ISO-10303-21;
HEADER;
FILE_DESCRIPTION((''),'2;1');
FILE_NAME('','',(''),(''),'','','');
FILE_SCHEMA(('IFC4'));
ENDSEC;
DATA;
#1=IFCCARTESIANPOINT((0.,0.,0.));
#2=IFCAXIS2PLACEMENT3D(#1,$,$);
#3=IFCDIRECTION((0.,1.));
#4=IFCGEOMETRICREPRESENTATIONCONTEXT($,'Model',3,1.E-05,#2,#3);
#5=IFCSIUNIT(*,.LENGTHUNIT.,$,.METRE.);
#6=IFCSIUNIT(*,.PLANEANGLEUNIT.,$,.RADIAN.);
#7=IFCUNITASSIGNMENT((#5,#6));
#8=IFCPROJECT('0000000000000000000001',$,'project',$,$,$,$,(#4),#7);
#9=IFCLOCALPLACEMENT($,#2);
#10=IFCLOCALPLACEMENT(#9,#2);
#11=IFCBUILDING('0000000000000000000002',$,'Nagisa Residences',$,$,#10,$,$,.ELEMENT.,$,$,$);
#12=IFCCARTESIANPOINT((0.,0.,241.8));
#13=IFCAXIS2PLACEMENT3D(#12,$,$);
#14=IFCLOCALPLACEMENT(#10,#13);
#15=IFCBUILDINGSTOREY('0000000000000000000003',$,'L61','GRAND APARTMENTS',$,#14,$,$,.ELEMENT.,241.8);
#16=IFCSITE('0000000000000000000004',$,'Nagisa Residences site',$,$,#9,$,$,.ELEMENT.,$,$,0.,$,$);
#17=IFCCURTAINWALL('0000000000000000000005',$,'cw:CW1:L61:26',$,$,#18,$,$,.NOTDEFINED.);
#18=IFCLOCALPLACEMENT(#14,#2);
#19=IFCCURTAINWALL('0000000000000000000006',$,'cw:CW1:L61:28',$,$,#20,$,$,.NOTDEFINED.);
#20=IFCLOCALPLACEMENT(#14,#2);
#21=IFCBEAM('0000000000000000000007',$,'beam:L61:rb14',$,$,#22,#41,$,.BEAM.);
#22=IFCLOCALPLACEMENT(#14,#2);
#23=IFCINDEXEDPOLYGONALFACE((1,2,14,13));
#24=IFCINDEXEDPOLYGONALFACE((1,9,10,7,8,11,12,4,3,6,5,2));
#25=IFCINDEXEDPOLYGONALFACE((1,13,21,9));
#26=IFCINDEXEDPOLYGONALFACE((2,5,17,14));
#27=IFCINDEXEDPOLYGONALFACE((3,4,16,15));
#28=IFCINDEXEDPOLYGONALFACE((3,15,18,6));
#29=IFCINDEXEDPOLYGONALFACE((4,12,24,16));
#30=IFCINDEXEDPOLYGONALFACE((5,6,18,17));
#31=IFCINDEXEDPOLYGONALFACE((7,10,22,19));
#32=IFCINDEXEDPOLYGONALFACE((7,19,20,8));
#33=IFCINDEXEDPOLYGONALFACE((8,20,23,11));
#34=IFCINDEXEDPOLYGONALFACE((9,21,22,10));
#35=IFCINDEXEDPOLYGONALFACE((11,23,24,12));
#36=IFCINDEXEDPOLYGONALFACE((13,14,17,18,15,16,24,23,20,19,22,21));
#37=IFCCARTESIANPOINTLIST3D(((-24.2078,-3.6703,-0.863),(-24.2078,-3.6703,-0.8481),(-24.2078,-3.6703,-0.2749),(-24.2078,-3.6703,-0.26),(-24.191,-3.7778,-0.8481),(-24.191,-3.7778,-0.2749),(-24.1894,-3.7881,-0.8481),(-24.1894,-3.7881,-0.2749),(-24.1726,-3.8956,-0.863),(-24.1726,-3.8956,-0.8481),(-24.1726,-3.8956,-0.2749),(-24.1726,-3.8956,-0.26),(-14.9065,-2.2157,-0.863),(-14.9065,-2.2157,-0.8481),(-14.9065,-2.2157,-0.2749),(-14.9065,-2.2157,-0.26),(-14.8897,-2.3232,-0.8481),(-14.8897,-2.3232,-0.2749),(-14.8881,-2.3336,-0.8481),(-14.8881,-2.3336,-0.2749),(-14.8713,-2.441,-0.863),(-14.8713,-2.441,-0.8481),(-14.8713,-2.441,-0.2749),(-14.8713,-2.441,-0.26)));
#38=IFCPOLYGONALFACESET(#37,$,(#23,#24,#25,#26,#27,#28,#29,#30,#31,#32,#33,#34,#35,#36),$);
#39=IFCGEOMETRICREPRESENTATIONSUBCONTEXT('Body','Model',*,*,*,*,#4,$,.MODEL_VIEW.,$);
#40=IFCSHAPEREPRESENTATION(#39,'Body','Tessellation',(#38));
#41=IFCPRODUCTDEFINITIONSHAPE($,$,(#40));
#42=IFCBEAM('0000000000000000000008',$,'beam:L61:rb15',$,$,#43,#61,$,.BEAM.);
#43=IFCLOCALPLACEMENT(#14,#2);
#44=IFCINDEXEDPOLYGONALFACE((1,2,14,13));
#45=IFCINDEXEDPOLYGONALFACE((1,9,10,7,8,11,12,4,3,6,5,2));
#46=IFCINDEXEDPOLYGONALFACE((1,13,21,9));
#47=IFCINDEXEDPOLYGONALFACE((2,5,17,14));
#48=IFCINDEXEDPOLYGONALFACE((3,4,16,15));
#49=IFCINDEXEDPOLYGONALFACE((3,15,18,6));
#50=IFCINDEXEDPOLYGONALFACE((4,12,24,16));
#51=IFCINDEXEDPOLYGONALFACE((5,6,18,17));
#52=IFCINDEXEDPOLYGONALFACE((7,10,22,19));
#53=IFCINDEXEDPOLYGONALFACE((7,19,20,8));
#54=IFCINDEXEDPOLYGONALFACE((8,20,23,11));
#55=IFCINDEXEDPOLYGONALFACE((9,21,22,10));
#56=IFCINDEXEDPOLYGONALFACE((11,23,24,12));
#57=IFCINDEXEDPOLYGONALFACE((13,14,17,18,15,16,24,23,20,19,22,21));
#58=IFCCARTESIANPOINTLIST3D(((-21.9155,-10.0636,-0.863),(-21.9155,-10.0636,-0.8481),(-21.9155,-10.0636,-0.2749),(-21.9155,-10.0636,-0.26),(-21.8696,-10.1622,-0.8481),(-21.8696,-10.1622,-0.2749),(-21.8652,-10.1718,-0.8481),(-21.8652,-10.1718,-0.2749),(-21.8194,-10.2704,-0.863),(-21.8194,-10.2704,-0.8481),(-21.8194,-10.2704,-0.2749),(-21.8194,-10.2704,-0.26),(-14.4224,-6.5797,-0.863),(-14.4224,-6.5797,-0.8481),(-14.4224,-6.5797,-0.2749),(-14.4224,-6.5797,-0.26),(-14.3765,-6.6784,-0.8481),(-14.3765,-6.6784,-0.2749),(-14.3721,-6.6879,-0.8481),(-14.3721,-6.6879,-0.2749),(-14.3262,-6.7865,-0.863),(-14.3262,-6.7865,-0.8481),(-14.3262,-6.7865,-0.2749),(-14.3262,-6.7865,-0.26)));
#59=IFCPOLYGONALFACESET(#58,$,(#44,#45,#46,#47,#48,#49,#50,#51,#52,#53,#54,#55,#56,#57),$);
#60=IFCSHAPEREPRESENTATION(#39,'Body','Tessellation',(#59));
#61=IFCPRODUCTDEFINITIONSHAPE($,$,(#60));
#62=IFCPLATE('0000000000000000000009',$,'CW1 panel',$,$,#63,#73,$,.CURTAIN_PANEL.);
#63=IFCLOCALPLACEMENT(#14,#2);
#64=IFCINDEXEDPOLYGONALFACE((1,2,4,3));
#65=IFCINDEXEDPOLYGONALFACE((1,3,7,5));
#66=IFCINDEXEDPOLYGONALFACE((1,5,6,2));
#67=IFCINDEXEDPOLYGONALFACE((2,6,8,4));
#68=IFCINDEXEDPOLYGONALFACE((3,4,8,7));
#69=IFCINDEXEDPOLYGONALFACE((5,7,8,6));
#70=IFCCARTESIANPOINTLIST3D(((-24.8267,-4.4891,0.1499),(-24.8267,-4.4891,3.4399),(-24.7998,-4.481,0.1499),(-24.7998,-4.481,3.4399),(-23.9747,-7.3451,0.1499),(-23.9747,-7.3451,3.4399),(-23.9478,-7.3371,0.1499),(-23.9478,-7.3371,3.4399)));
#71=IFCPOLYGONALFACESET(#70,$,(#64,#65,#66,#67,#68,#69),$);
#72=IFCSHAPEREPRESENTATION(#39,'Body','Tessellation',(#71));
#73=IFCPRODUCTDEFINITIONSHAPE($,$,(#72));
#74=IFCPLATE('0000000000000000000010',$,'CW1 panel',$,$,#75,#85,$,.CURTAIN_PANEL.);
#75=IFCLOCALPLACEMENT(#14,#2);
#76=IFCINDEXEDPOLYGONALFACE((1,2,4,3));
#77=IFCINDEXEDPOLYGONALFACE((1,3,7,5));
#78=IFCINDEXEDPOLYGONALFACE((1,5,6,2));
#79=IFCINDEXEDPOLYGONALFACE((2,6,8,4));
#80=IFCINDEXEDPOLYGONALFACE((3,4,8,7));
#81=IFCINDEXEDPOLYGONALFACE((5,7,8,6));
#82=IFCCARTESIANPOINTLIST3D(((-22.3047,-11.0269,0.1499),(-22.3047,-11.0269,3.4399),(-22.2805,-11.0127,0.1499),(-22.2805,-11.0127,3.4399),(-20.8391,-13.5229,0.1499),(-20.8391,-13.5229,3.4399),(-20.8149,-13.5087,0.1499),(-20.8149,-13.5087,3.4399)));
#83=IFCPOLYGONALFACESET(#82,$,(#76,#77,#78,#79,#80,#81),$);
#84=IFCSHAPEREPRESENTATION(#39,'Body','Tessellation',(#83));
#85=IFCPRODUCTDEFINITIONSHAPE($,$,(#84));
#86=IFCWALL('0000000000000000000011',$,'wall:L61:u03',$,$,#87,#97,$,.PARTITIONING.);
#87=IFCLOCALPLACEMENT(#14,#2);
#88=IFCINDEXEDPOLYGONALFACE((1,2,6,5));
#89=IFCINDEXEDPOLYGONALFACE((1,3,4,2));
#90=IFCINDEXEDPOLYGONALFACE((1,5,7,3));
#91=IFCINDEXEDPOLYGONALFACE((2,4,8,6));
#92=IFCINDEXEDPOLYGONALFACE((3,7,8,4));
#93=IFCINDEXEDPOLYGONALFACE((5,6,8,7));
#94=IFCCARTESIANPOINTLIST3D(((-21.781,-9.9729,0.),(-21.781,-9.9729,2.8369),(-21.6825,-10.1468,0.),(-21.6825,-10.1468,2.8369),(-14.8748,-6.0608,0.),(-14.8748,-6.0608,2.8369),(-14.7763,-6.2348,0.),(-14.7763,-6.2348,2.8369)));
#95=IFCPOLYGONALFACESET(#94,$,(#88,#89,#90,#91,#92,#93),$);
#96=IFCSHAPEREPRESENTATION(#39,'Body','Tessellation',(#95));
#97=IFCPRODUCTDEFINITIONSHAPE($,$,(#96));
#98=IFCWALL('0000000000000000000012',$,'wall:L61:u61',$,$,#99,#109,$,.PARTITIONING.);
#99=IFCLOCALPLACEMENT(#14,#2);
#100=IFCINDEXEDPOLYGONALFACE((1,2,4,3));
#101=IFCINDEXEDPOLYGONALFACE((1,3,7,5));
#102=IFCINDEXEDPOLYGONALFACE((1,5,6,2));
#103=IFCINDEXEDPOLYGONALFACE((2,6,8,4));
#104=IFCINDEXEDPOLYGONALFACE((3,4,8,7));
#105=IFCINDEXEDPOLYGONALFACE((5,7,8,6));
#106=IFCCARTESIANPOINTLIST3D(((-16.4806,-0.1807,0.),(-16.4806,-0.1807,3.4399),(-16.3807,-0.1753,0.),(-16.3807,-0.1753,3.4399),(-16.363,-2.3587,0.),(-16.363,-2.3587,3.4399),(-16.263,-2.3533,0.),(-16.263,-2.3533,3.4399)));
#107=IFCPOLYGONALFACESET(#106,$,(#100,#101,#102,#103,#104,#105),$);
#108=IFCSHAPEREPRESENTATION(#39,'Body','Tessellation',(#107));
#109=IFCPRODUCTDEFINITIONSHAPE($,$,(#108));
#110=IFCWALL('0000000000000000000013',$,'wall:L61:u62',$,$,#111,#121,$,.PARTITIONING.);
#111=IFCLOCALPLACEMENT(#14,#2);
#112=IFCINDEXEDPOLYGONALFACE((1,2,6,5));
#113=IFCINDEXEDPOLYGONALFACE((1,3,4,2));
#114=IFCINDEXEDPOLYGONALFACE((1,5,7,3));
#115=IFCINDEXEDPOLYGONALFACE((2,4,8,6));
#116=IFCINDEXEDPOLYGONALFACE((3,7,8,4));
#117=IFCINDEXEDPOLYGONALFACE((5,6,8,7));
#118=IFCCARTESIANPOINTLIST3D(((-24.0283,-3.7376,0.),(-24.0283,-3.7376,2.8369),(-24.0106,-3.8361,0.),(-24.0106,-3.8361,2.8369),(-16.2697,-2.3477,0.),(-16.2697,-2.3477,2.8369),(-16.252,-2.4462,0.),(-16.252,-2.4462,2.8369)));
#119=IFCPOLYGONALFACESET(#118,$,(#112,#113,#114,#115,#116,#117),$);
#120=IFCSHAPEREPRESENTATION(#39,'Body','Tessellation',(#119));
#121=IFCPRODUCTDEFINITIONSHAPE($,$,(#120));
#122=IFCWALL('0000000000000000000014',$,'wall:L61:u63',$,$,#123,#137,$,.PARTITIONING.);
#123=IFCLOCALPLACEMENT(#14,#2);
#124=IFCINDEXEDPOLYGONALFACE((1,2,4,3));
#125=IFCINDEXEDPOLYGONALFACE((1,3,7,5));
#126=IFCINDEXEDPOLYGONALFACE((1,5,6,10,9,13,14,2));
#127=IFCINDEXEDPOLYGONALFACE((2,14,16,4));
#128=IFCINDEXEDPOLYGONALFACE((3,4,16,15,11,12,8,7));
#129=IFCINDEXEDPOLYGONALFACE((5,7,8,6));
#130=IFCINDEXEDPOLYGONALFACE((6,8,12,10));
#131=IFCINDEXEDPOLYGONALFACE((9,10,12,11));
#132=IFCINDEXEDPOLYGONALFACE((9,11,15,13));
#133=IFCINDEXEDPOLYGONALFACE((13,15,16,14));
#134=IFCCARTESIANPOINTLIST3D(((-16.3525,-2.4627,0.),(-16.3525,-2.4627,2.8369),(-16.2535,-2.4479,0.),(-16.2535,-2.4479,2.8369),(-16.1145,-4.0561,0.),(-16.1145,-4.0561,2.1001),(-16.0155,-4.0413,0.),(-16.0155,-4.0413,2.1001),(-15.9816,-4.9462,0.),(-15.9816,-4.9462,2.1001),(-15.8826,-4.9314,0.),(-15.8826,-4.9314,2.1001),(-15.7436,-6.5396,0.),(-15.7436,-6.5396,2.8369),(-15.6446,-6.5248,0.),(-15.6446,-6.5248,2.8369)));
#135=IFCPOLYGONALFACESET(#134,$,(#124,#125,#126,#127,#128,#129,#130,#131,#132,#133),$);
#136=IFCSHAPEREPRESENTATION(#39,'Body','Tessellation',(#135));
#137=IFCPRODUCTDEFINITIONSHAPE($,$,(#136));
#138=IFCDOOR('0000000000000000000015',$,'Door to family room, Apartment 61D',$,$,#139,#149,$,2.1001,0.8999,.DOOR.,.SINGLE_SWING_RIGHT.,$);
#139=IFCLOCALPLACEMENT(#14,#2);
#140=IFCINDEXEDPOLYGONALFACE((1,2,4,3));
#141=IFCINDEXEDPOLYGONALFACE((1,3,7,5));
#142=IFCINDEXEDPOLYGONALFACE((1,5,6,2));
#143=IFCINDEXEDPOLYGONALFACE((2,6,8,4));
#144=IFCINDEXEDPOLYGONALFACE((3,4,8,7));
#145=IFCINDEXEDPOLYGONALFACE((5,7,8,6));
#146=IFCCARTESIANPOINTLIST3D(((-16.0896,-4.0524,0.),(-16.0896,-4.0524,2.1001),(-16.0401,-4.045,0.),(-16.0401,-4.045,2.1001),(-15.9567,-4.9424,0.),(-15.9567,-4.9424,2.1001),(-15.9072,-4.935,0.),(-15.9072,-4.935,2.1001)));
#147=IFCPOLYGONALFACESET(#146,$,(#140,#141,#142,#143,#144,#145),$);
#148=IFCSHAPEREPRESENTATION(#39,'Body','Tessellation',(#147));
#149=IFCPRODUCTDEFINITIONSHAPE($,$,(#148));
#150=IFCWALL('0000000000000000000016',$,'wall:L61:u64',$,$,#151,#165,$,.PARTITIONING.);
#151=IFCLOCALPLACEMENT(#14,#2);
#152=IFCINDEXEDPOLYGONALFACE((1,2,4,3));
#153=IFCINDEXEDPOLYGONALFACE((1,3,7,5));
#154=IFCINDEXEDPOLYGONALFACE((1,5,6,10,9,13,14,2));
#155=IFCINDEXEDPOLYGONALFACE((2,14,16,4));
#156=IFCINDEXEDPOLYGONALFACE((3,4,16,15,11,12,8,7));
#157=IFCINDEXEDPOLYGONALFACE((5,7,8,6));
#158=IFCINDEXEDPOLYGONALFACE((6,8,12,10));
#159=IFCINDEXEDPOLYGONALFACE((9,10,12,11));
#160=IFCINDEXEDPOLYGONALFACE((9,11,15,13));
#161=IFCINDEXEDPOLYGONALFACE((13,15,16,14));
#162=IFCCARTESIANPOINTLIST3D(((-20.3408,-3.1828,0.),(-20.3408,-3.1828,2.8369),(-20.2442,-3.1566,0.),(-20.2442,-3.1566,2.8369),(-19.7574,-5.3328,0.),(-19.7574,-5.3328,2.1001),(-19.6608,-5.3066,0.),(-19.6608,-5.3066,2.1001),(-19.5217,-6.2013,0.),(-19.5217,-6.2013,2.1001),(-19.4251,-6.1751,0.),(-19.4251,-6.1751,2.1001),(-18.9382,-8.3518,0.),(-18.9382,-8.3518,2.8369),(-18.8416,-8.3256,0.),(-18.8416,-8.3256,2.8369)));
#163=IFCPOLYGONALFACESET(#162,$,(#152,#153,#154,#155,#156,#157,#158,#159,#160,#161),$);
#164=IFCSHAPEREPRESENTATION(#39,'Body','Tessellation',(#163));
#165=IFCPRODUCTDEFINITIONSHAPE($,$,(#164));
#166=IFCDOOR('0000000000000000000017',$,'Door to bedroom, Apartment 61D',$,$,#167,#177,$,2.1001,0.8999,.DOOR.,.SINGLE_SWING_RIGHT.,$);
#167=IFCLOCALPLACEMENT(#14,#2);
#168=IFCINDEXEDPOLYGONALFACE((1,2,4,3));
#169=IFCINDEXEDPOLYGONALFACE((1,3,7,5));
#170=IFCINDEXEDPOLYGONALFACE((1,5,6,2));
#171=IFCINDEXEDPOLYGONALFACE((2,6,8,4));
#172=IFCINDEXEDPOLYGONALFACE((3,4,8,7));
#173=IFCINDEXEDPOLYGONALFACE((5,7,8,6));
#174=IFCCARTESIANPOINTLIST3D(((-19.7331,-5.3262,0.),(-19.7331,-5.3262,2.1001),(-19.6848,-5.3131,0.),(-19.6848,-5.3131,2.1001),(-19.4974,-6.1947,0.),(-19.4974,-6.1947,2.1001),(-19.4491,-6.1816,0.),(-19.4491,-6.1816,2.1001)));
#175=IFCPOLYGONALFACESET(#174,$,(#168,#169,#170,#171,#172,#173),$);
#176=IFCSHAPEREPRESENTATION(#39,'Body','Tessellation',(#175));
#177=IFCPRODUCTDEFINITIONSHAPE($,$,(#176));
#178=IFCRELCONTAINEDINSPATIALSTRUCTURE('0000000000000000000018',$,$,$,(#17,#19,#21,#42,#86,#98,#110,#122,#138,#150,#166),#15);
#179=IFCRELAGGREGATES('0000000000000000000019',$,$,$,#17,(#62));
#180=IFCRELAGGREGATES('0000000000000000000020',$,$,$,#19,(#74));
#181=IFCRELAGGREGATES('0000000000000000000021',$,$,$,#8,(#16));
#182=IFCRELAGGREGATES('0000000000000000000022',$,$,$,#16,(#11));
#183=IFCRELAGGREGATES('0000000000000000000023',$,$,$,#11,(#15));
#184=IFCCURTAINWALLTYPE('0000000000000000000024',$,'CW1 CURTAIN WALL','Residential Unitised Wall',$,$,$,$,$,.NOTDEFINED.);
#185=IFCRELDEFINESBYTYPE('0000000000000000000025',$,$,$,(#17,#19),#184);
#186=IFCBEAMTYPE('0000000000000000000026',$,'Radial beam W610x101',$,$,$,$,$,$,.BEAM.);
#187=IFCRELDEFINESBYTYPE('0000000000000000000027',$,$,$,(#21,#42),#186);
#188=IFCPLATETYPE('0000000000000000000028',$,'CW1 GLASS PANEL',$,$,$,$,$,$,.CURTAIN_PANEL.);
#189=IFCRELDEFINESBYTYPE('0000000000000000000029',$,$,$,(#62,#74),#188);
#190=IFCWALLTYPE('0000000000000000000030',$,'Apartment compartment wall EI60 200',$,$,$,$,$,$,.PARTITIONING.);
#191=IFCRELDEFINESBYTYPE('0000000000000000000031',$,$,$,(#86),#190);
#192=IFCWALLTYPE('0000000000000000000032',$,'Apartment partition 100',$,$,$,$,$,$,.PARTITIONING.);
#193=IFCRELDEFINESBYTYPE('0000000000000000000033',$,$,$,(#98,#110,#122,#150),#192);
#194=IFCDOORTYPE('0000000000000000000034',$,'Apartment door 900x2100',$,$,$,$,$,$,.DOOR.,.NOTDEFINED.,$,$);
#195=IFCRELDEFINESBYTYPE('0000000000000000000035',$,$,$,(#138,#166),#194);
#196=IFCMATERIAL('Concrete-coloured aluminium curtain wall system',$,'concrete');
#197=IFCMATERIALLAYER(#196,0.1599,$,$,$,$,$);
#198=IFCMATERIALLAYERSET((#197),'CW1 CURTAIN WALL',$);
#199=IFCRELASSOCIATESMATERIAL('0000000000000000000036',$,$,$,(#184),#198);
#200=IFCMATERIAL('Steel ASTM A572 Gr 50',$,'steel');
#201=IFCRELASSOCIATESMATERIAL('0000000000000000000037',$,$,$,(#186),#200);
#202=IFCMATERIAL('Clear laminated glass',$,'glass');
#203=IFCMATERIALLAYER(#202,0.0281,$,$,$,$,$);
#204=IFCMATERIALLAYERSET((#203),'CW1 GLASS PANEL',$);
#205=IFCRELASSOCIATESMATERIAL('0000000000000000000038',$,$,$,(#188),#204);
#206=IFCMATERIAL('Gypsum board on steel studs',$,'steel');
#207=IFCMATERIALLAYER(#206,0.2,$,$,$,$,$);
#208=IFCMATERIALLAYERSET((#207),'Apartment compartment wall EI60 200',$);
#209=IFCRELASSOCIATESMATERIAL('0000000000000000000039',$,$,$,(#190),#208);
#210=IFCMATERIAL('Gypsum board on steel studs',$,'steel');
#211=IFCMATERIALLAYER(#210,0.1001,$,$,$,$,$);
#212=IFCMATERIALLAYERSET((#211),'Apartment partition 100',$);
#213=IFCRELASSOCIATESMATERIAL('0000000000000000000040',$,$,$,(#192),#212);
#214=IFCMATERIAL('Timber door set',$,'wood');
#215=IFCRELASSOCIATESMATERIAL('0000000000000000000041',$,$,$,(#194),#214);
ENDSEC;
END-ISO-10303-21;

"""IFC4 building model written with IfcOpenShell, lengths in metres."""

from ifc_helpers import new_model, si_unit, direction, frame, frame_2d, origin, origin_2d, place, context, subcontext, project, spatial, rectangle, i_section, extrude, material, layer, layer_set, material_profile, profile_set, type_object, element, fill, aggregate, save


model = new_model("IFC4")

# Units and contexts
model_context = context("Model", 3, precision=1e-05, world=origin(), true_north=direction((0.0, 1.0)))
body_context = subcontext(model_context, "Body", "Model", "MODEL_VIEW")
ifc_project = project(units=[si_unit("LENGTHUNIT", "METRE"), si_unit("PLANEANGLEUNIT", "RADIAN")], contexts=[model_context])

# Site, building, storey
site_placement = place(None, origin())
site = spatial("IfcSite", under=ifc_project, at=site_placement, Name="Nagisa Residences site", CompositionType="ELEMENT", RefElevation=0.0)
building_placement = place(site_placement, origin())
building = spatial("IfcBuilding", under=site, at=building_placement, Name="Nagisa Residences", CompositionType="ELEMENT")
storey_placement = place(building_placement, frame((0.0, 0.0, 241.8)))
storey = spatial("IfcBuildingStorey", under=building, at=storey_placement, Name="L61", Description="GRAND APARTMENTS", CompositionType="ELEMENT", Elevation=241.8)

# Curtain walls
ifc_material_1 = material(Name="Concrete-coloured aluminium curtain wall system", Category="concrete")
ifc_layer_1 = layer(ifc_material_1, 0.1599)
ifc_layer_set_1 = layer_set([ifc_layer_1], Name="CW1 CURTAIN WALL")
curtain_wall_type = type_object("IfcCurtainWallType", Name="CW1 CURTAIN WALL", Description="Residential Unitised Wall", PredefinedType="NOTDEFINED", material=ifc_layer_set_1)
curtain_wall_1_placement = place(storey_placement, origin())
curtain_wall_1 = element("IfcCurtainWall", 1, at=curtain_wall_1_placement, inside=storey, type_object=curtain_wall_type, Name="cw:CW1:L61:26", PredefinedType="NOTDEFINED")
curtain_wall_2_placement = place(storey_placement, origin())
curtain_wall_2 = element("IfcCurtainWall", 2, at=curtain_wall_2_placement, inside=storey, type_object=curtain_wall_type, Name="cw:CW1:L61:28", PredefinedType="NOTDEFINED")

# Beams
ifc_material_2 = material(Name="Steel ASTM A572 Gr 50", Category="steel")
ifc_material_profile_1 = material_profile(ifc_material_2, i_section(OverallWidth=0.228, OverallDepth=0.603, WebThickness=0.0105, FlangeThickness=0.0149, at=origin_2d()), Name="W610x101")
ifc_profile_set_1 = profile_set([ifc_material_profile_1], Name="Steel ASTM A572 Gr 50")
beam_type_1 = type_object("IfcBeamType", Name="Radial beam W610x101", PredefinedType="BEAM", material=ifc_profile_set_1)
beam_1_placement = place(storey_placement, frame((-24.1902, -3.783, -0.5615), z_axis=(0.987992, 0.154508, 0.0), x_axis=(-0.154508, 0.987992, 0.0)))
element("IfcBeam", 3, at=beam_1_placement, inside=storey, type_object=beam_type_1, Name="beam:L61:rb14", PredefinedType="BEAM", context=body_context, shape_type="SweptSolid", body=[
    extrude(i_section(OverallWidth=0.228, OverallDepth=0.603, WebThickness=0.0105, FlangeThickness=0.0149, at=origin_2d()), origin(), (0.0, 0.0, 1.0), 9.4143),
])
beam_2_placement = place(storey_placement, frame((-21.8674, -10.167, -0.5615), z_axis=(0.906782, 0.421601, 0.0), x_axis=(-0.421601, 0.906782, 0.0)))
element("IfcBeam", 4, at=beam_2_placement, inside=storey, type_object=beam_type_1, Name="beam:L61:rb15", PredefinedType="BEAM", context=body_context, shape_type="SweptSolid", body=[
    extrude(i_section(OverallWidth=0.228, OverallDepth=0.603, WebThickness=0.0105, FlangeThickness=0.0149, at=origin_2d()), origin(), (0.0, 0.0, 1.0), 8.2634),
])

# Plates
ifc_material_3 = material(Name="Clear laminated glass", Category="glass")
ifc_layer_2 = layer(ifc_material_3, 0.0281)
ifc_layer_set_2 = layer_set([ifc_layer_2], Name="CW1 GLASS PANEL")
plate_type = type_object("IfcPlateType", Name="CW1 GLASS PANEL", PredefinedType="CURTAIN_PANEL", material=ifc_layer_set_2)
plate_1_placement = place(storey_placement, frame((-24.3872, -5.9131, 0.1499), z_axis=(0.0, 0.0, 1.0), x_axis=(0.28586, -0.958271, 0.0)))
plate_1 = element("IfcPlate", 5, at=plate_1_placement, type_object=plate_type, Name="CW1 panel", PredefinedType="CURTAIN_PANEL", context=body_context, shape_type="SweptSolid", body=[
    extrude(rectangle(XDim=2.9805, YDim=0.0281, at=origin_2d()), origin(), (0.0, 0.0, 1.0), 3.29),
])
aggregate(curtain_wall_1, [plate_1])
plate_2_placement = place(storey_placement, frame((-21.5598, -12.2678, 0.1499), z_axis=(0.0, 0.0, 1.0), x_axis=(0.506349, -0.862329, 0.0)))
plate_2 = element("IfcPlate", 6, at=plate_2_placement, type_object=plate_type, Name="CW1 panel", PredefinedType="CURTAIN_PANEL", context=body_context, shape_type="SweptSolid", body=[
    extrude(rectangle(XDim=2.8945, YDim=0.0281, at=origin_2d()), origin(), (0.0, 0.0, 1.0), 3.29),
])
aggregate(curtain_wall_2, [plate_2])

# Walls
ifc_material_4 = material(Name="Gypsum board on steel studs", Category="steel")
ifc_layer_3 = layer(ifc_material_4, 0.2)
ifc_layer_set_3 = layer_set([ifc_layer_3], Name="Apartment compartment wall EI60 200")
wall_type_1 = type_object("IfcWallType", Name="Apartment compartment wall EI60 200", PredefinedType="PARTITIONING", material=ifc_layer_set_3)
wall_1_placement = place(storey_placement, frame((-14.8254, -6.1477, 0.0), z_axis=(0.0, 0.0, 1.0), x_axis=(-0.8701, -0.492876, 0.0)))
element("IfcWall", 7, at=wall_1_placement, inside=storey, type_object=wall_type_1, Name="wall:L61:u03", PredefinedType="PARTITIONING", context=body_context, shape_type="SweptSolid", body=[
    extrude(rectangle(XDim=7.9373, YDim=0.2, at=frame_2d((3.9688, 0.0))), origin(), (0.0, 0.0, 1.0), 2.8369),
])
ifc_material_5 = material(Name="Gypsum board on steel studs", Category="steel")
ifc_layer_4 = layer(ifc_material_5, 0.1001)
ifc_layer_set_4 = layer_set([ifc_layer_4], Name="Apartment partition 100")
wall_type_2 = type_object("IfcWallType", Name="Apartment partition 100", PredefinedType="PARTITIONING", material=ifc_layer_set_4)
wall_2_placement = place(storey_placement, frame((-16.4307, -0.178, 0.0), z_axis=(0.0, 0.0, 1.0), x_axis=(0.053951, -0.998544, 0.0)))
element("IfcWall", 8, at=wall_2_placement, inside=storey, type_object=wall_type_2, Name="wall:L61:u61", PredefinedType="PARTITIONING", context=body_context, shape_type="SweptSolid", body=[
    extrude(rectangle(XDim=2.1812, YDim=0.1001, at=frame_2d((1.0906, 0.0))), origin(), (0.0, 0.0, 1.0), 3.4399),
])
wall_3_placement = place(storey_placement, frame((-16.261, -2.397, 0.0), z_axis=(0.0, 0.0, 1.0), x_axis=(-0.98433, -0.176336, 0.0)))
element("IfcWall", 9, at=wall_3_placement, inside=storey, type_object=wall_type_2, Name="wall:L61:u62", PredefinedType="PARTITIONING", context=body_context, shape_type="SweptSolid", body=[
    extrude(rectangle(XDim=7.8821, YDim=0.1001, at=frame_2d((3.9409, 0.0))), origin(), (0.0, 0.0, 1.0), 2.8369),
])

# Walls, openings, doors
wall_4_placement = place(storey_placement, frame((-16.303, -2.4553, 0.0), z_axis=(0.0, 0.0, 1.0), x_axis=(0.147712, -0.98903, 0.0)))
wall_4 = element("IfcWall", 10, at=wall_4_placement, inside=storey, type_object=wall_type_2, Name="wall:L61:u63", PredefinedType="PARTITIONING", context=body_context, shape_type="SweptSolid", body=[
    extrude(rectangle(XDim=4.1221, YDim=0.1001, at=frame_2d((2.061, 0.0))), origin(), (0.0, 0.0, 1.0), 2.8369),
])
opening_1_placement = place(wall_4_placement, frame((1.6111, 0.0, 0.0)))
opening_1 = element("IfcOpeningElement", 11, at=opening_1_placement, cuts=wall_4, PredefinedType="OPENING", context=body_context, shape_type="SweptSolid", body=[
    extrude(rectangle(XDim=0.8999, YDim=2.1001, at=frame_2d((0.45, 1.05))), frame((0.0, 0.0601, 0.0), z_axis=(0.0, -1.0, 0.0), x_axis=(1.0, 0.0, 0.0)), (0.0, 0.0, 1.0), 0.1201),
])
ifc_material_6 = material(Name="Timber door set", Category="wood")
door_type_1 = type_object("IfcDoorType", Name="Apartment door 900x2100", OperationType="NOTDEFINED", PredefinedType="DOOR", material=ifc_material_6)
door_1_placement = place(opening_1_placement, frame((0.8999, 0.0, 0.0), x_axis=(-1.0, 0.0, 0.0)))
door_1 = element("IfcDoor", 12, at=door_1_placement, inside=storey, type_object=door_type_1, Name="Door to family room, Apartment 61D", OperationType="SINGLE_SWING_RIGHT", OverallHeight=2.1001, OverallWidth=0.8999, PredefinedType="DOOR", context=body_context, shape_type="SweptSolid", body=[
    extrude(rectangle(XDim=0.8999, YDim=2.1001, at=frame_2d((0.45, 1.05))), frame((0.0, 0.0249, 0.0), z_axis=(0.0, -1.0, 0.0), x_axis=(1.0, 0.0, 0.0)), (0.0, 0.0, 1.0), 0.05),
])
fill(opening_1, door_1)
wall_5_placement = place(storey_placement, frame((-20.2925, -3.1697, 0.0), z_axis=(0.0, 0.0, 1.0), x_axis=(0.261879, -0.965101, 0.0)))
wall_5 = element("IfcWall", 13, at=wall_5_placement, inside=storey, type_object=wall_type_2, Name="wall:L61:u64", PredefinedType="PARTITIONING", context=body_context, shape_type="SweptSolid", body=[
    extrude(rectangle(XDim=5.356, YDim=0.1001, at=frame_2d((2.678, 0.0))), origin(), (0.0, 0.0, 1.0), 2.8369),
])
opening_2_placement = place(wall_5_placement, frame((2.2278, 0.0, 0.0)))
opening_2 = element("IfcOpeningElement", 14, at=opening_2_placement, cuts=wall_5, PredefinedType="OPENING", context=body_context, shape_type="SweptSolid", body=[
    extrude(rectangle(XDim=0.8999, YDim=2.1001, at=frame_2d((0.45, 1.05))), frame((0.0, 0.0601, 0.0), z_axis=(0.0, -1.0, 0.0), x_axis=(1.0, 0.0, 0.0)), (0.0, 0.0, 1.0), 0.1201),
])
door_2_placement = place(opening_2_placement, frame((0.8999, 0.0, 0.0), x_axis=(-1.0, 0.0, 0.0)))
door_2 = element("IfcDoor", 15, at=door_2_placement, inside=storey, type_object=door_type_1, Name="Door to bedroom, Apartment 61D", OperationType="SINGLE_SWING_RIGHT", OverallHeight=2.1001, OverallWidth=0.8999, PredefinedType="DOOR", context=body_context, shape_type="SweptSolid", body=[
    extrude(rectangle(XDim=0.8999, YDim=2.1001, at=frame_2d((0.45, 1.05))), frame((0.0, 0.0249, 0.0), z_axis=(0.0, -1.0, 0.0), x_axis=(1.0, 0.0, 0.0)), (0.0, 0.0, 1.0), 0.05),
])
fill(opening_2, door_2)

save(model, "model.ifc")
